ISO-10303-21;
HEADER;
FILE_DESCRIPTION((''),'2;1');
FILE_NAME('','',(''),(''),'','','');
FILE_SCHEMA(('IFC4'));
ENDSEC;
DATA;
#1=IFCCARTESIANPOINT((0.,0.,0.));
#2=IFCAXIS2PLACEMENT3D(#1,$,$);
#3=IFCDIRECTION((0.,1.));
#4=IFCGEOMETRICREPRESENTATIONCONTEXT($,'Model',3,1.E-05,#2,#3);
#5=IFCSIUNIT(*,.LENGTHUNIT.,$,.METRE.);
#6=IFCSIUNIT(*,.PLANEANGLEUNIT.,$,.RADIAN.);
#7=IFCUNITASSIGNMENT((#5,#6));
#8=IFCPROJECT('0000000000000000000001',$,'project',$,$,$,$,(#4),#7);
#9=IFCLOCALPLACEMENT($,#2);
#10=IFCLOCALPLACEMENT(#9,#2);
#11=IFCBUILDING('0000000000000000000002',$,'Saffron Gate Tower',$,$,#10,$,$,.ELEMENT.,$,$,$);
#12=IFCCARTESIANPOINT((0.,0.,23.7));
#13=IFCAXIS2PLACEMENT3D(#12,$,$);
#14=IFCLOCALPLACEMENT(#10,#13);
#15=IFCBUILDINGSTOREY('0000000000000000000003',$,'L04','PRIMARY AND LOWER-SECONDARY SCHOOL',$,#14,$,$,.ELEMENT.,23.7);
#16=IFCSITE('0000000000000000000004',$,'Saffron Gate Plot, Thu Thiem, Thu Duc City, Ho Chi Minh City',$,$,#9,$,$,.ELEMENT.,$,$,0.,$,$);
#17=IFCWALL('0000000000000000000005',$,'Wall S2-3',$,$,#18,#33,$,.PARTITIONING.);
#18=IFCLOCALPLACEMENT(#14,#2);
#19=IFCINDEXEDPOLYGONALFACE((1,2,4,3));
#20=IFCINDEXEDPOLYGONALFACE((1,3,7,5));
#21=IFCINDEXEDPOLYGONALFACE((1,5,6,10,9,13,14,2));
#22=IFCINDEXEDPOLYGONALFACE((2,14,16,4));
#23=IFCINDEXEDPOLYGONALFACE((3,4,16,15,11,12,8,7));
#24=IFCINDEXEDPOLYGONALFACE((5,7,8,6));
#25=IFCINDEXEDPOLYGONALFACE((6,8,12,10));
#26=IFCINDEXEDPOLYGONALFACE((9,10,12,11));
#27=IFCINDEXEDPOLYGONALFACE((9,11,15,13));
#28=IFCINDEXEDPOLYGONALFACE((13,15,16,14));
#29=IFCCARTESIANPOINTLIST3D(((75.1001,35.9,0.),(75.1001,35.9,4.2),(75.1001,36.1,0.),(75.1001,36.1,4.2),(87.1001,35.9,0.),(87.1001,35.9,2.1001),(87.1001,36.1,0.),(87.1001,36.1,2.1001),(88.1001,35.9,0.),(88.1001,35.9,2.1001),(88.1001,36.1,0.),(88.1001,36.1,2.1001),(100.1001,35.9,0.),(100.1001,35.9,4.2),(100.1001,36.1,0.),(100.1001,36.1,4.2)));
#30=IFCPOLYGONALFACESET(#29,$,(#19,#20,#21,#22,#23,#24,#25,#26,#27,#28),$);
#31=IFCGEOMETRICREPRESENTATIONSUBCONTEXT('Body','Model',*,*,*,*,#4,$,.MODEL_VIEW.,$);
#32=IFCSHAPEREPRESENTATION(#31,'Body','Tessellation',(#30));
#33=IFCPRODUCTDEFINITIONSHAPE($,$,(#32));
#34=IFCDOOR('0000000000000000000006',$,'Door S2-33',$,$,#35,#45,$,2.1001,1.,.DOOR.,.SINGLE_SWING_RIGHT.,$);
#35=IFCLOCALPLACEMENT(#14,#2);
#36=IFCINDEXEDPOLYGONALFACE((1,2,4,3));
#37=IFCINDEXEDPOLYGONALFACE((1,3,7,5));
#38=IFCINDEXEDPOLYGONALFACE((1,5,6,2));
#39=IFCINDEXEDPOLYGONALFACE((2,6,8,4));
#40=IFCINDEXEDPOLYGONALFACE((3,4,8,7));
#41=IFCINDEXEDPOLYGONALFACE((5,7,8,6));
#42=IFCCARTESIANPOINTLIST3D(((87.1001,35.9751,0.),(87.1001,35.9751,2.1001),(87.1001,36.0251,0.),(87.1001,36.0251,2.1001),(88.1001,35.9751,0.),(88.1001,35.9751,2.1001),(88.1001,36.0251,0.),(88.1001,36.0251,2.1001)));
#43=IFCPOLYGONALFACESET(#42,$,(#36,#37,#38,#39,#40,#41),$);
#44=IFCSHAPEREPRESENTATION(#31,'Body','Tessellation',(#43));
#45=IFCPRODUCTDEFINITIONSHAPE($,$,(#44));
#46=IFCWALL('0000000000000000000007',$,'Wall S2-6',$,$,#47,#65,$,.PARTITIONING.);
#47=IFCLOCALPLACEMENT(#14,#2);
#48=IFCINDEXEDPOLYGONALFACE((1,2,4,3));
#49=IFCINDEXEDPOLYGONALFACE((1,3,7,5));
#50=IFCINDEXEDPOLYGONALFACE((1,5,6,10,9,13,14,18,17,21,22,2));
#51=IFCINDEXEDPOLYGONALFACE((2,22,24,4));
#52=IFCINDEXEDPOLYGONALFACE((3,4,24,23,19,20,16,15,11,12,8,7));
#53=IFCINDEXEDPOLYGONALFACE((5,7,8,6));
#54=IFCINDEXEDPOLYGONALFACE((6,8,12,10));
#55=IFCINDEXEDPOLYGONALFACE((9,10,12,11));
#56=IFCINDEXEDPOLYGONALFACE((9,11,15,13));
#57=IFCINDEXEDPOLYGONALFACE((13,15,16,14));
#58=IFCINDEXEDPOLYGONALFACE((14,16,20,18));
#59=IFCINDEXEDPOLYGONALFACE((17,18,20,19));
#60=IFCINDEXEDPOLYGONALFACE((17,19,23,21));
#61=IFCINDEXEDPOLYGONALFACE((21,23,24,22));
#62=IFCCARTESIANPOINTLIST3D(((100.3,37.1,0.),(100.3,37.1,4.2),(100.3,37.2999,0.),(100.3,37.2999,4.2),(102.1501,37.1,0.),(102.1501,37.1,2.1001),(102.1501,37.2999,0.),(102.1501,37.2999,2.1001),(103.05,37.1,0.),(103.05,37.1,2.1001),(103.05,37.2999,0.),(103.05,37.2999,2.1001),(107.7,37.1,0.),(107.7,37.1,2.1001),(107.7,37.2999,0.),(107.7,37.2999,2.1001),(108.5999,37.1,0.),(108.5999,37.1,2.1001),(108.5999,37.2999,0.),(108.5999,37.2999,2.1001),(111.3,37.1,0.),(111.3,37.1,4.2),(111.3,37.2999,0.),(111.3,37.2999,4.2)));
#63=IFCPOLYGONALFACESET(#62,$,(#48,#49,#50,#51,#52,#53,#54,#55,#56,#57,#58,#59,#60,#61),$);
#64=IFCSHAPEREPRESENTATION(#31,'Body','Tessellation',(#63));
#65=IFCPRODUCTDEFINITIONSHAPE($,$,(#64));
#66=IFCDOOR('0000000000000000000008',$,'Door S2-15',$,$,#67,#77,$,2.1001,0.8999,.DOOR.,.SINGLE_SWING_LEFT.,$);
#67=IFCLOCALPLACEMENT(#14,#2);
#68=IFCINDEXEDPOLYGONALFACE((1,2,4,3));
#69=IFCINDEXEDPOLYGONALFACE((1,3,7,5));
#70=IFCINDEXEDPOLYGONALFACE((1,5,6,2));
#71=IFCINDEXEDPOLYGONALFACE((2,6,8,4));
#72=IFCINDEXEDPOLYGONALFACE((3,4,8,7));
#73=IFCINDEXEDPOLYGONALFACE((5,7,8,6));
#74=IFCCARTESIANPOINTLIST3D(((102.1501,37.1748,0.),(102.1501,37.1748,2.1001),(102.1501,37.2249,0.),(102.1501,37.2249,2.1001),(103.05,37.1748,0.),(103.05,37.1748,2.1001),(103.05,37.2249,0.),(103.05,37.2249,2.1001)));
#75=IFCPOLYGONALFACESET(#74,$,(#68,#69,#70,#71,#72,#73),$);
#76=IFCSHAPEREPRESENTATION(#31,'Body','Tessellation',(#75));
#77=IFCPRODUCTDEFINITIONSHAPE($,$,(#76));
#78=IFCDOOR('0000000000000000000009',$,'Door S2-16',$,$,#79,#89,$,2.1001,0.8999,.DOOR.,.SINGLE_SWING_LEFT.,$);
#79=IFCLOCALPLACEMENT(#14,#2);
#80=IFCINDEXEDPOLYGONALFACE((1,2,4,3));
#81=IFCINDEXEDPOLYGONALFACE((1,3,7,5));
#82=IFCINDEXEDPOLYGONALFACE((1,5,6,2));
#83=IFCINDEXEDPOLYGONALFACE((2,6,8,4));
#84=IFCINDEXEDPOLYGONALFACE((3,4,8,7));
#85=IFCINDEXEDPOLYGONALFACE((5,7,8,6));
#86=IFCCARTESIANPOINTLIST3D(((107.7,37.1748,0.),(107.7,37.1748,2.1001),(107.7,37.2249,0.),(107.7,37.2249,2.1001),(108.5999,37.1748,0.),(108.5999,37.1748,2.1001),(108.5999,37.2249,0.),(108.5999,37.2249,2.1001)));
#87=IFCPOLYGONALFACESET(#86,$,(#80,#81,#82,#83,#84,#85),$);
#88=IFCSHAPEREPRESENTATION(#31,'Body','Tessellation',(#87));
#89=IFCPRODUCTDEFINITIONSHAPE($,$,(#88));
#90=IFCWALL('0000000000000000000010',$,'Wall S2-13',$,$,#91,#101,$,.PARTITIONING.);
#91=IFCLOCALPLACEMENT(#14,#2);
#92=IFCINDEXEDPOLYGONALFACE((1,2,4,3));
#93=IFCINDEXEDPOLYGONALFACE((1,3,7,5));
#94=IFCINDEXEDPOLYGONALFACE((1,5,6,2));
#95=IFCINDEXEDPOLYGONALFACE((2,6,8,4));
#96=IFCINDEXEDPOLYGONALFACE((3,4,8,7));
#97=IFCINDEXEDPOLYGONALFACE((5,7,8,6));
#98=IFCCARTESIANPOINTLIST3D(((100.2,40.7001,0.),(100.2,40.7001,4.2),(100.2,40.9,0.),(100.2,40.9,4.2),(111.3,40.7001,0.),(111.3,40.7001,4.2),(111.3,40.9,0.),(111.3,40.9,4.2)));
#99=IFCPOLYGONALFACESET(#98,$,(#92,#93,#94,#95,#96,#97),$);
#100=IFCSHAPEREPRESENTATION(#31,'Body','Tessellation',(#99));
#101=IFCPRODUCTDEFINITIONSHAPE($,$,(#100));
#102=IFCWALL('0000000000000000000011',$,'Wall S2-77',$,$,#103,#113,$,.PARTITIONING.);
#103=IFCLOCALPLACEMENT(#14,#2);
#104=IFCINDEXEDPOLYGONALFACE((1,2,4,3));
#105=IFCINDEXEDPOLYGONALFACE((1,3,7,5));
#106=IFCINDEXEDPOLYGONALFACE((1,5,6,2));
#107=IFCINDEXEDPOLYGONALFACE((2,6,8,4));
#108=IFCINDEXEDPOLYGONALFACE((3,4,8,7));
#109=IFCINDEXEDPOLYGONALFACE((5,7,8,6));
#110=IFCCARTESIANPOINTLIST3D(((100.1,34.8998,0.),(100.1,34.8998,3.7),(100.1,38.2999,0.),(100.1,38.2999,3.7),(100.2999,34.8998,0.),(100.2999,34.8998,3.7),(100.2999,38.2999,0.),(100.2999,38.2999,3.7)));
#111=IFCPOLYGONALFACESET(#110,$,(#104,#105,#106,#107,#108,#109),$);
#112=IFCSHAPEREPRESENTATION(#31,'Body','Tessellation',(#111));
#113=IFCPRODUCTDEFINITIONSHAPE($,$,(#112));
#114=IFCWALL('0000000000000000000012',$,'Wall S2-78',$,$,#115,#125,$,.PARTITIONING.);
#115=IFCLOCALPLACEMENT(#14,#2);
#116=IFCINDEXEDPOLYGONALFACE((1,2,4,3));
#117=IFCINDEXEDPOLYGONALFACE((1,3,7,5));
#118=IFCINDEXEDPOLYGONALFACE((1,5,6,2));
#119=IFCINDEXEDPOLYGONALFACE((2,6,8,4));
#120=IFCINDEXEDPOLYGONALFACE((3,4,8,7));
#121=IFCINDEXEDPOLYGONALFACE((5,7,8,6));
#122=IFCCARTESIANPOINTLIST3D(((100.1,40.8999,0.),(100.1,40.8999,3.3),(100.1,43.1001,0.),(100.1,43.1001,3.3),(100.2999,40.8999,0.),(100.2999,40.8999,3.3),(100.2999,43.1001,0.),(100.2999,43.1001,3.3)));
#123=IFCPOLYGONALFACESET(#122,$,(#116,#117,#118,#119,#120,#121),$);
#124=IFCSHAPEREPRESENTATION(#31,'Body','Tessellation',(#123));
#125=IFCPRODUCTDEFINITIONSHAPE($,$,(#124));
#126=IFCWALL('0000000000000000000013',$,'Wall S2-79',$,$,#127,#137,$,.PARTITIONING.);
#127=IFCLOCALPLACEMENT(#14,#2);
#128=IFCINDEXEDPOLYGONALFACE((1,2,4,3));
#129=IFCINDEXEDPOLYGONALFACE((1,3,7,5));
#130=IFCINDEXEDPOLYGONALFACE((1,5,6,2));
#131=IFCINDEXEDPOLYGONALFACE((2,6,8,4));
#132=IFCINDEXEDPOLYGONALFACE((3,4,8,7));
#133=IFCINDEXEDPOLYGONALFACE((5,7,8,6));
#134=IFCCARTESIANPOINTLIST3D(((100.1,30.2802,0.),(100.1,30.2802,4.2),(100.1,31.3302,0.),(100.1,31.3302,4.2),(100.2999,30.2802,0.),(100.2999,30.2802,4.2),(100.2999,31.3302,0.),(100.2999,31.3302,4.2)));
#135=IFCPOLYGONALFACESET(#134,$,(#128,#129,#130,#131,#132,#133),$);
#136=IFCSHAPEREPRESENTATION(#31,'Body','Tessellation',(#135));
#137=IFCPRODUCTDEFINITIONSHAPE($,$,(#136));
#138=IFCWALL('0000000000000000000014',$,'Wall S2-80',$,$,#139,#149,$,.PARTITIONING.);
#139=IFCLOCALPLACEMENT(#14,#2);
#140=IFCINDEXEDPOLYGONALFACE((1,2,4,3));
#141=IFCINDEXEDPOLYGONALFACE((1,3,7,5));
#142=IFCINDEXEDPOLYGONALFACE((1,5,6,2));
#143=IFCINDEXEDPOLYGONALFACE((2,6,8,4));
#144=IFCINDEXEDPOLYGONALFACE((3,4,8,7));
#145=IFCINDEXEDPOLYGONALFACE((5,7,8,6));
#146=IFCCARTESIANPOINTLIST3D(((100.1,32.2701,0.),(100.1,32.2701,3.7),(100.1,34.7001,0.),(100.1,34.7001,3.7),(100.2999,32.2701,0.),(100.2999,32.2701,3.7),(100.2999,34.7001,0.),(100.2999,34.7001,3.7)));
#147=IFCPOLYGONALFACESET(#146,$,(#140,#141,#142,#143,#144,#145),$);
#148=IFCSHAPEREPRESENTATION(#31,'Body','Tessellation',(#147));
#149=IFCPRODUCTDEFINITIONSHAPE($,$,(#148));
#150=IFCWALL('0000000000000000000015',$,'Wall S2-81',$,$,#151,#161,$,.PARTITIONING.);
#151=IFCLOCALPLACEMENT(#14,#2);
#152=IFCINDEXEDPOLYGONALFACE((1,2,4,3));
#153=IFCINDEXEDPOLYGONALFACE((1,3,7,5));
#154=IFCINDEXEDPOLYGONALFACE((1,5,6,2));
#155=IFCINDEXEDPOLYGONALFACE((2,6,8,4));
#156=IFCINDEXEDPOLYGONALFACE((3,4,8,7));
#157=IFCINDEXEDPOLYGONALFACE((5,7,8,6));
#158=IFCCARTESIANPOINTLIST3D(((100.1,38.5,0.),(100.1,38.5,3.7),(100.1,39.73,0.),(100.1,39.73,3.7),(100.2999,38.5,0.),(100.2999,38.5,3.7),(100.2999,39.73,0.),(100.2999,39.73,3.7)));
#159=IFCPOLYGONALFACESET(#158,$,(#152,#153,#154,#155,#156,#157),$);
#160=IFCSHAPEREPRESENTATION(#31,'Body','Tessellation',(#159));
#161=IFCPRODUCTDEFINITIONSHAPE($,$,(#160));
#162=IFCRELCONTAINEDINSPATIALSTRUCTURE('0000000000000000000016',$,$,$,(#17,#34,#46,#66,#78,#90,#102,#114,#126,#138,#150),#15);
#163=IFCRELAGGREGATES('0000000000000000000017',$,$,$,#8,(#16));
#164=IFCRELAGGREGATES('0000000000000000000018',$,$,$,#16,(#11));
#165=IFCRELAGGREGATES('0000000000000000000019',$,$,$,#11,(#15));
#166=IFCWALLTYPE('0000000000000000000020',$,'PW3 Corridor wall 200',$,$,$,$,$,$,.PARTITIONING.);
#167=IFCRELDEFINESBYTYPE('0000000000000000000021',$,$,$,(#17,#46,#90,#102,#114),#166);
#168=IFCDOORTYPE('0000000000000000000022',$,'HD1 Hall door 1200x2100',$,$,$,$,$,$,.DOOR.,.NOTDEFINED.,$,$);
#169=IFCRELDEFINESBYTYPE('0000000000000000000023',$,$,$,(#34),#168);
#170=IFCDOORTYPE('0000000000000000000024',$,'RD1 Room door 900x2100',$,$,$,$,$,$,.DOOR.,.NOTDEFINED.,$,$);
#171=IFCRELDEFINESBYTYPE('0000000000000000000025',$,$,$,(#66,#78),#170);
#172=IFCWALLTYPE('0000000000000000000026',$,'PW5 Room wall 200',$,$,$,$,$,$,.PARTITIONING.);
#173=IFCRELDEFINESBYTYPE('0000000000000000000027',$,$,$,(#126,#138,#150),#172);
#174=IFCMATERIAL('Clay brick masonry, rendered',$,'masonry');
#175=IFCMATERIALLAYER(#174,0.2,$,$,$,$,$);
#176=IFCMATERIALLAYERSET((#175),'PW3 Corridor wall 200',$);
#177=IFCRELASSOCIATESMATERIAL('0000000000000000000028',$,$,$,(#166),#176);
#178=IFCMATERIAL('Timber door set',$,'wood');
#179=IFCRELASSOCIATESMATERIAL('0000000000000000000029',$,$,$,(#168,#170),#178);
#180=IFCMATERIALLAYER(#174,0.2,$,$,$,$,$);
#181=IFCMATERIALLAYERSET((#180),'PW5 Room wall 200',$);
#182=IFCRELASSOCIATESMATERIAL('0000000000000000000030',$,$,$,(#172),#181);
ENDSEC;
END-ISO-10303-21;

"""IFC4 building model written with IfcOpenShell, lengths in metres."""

from ifc_helpers import new_model, si_unit, direction, frame, frame_2d, origin, place, context, subcontext, project, spatial, rectangle, extrude, material, layer, layer_set, type_object, element, fill, save


model = new_model("IFC4")

# Units and contexts
model_context = context("Model", 3, precision=1e-05, world=origin(), true_north=direction((0.0, 1.0)))
body_context = subcontext(model_context, "Body", "Model", "MODEL_VIEW")
ifc_project = project(units=[si_unit("LENGTHUNIT", "METRE"), si_unit("PLANEANGLEUNIT", "RADIAN")], contexts=[model_context])

# Site, building, storey
site_placement = place(None, origin())
site = spatial("IfcSite", under=ifc_project, at=site_placement, Name="Saffron Gate Plot, Thu Thiem, Thu Duc City, Ho Chi Minh City", CompositionType="ELEMENT", RefElevation=0.0)
building_placement = place(site_placement, origin())
building = spatial("IfcBuilding", under=site, at=building_placement, Name="Saffron Gate Tower", CompositionType="ELEMENT")
storey_placement = place(building_placement, frame((0.0, 0.0, 23.7)))
storey = spatial("IfcBuildingStorey", under=building, at=storey_placement, Name="L04", Description="PRIMARY AND LOWER-SECONDARY SCHOOL", CompositionType="ELEMENT", Elevation=23.7)

# Wall, opening, door
ifc_material_1 = material(Name="Clay brick masonry, rendered", Category="masonry")
ifc_layer_1 = layer(ifc_material_1, 0.2)
ifc_layer_set_1 = layer_set([ifc_layer_1], Name="PW3 Corridor wall 200")
wall_type_1 = type_object("IfcWallType", Name="PW3 Corridor wall 200", PredefinedType="PARTITIONING", material=ifc_layer_set_1)
wall_1_placement = place(storey_placement, frame((100.1001, 36.0, 0.0), z_axis=(0.0, 0.0, 1.0), x_axis=(-1.0, 0.0, 0.0)))
wall_1 = element("IfcWall", 1, at=wall_1_placement, inside=storey, type_object=wall_type_1, Name="Wall S2-3", PredefinedType="PARTITIONING", context=body_context, shape_type="SweptSolid", body=[
    extrude(rectangle(XDim=25.0, YDim=0.2, at=frame_2d((12.5, 0.0))), origin(), (0.0, 0.0, 1.0), 4.2),
])
opening_1_placement = place(wall_1_placement, frame((12.0, 0.0, 0.0)))
opening_1 = element("IfcOpeningElement", 2, at=opening_1_placement, cuts=wall_1, PredefinedType="OPENING", context=body_context, shape_type="SweptSolid", body=[
    extrude(rectangle(XDim=1.0, YDim=2.1001, at=frame_2d((0.5, 1.05))), frame((0.0, 0.1099, 0.0), z_axis=(0.0, -1.0, 0.0), x_axis=(1.0, 0.0, 0.0)), (0.0, 0.0, 1.0), 0.22),
])
ifc_material_2 = material(Name="Timber door set", Category="wood")
door_type_1 = type_object("IfcDoorType", Name="HD1 Hall door 1200x2100", OperationType="NOTDEFINED", PredefinedType="DOOR", material=ifc_material_2)
door_1_placement = place(opening_1_placement, origin())
door_1 = element("IfcDoor", 3, at=door_1_placement, inside=storey, type_object=door_type_1, Name="Door S2-33", OperationType="SINGLE_SWING_RIGHT", OverallHeight=2.1001, OverallWidth=1.0, PredefinedType="DOOR", context=body_context, shape_type="SweptSolid", body=[
    extrude(rectangle(XDim=1.0, YDim=2.1001, at=frame_2d((0.5, 1.05))), frame((0.0, 0.0249, 0.0), z_axis=(0.0, -1.0, 0.0), x_axis=(1.0, 0.0, 0.0)), (0.0, 0.0, 1.0), 0.05),
])
fill(opening_1, door_1)

# Wall, openings, doors
wall_2_placement = place(storey_placement, frame((100.3, 37.2, 0.0), z_axis=(0.0, 0.0, 1.0), x_axis=(1.0, 0.0, 0.0)))
wall_2 = element("IfcWall", 4, at=wall_2_placement, inside=storey, type_object=wall_type_1, Name="Wall S2-6", PredefinedType="PARTITIONING", context=body_context, shape_type="SweptSolid", body=[
    extrude(rectangle(XDim=11.0, YDim=0.2, at=frame_2d((5.5, 0.0))), origin(), (0.0, 0.0, 1.0), 4.2),
])
opening_2_placement = place(wall_2_placement, frame((1.8501, 0.0, 0.0)))
opening_2 = element("IfcOpeningElement", 5, at=opening_2_placement, cuts=wall_2, PredefinedType="OPENING", context=body_context, shape_type="SweptSolid", body=[
    extrude(rectangle(XDim=0.8999, YDim=2.1001, at=frame_2d((0.45, 1.05))), frame((0.0, 0.1099, 0.0), z_axis=(0.0, -1.0, 0.0), x_axis=(1.0, 0.0, 0.0)), (0.0, 0.0, 1.0), 0.22),
])
opening_3_placement = place(wall_2_placement, frame((7.3999, 0.0, 0.0)))
opening_3 = element("IfcOpeningElement", 6, at=opening_3_placement, cuts=wall_2, PredefinedType="OPENING", context=body_context, shape_type="SweptSolid", body=[
    extrude(rectangle(XDim=0.8999, YDim=2.1001, at=frame_2d((0.45, 1.05))), frame((0.0, 0.1099, 0.0), z_axis=(0.0, -1.0, 0.0), x_axis=(1.0, 0.0, 0.0)), (0.0, 0.0, 1.0), 0.22),
])
door_type_2 = type_object("IfcDoorType", Name="RD1 Room door 900x2100", OperationType="NOTDEFINED", PredefinedType="DOOR", material=ifc_material_2)
door_2_placement = place(opening_2_placement, origin())
door_2 = element("IfcDoor", 7, at=door_2_placement, inside=storey, type_object=door_type_2, Name="Door S2-15", OperationType="SINGLE_SWING_LEFT", OverallHeight=2.1001, OverallWidth=0.8999, PredefinedType="DOOR", context=body_context, shape_type="SweptSolid", body=[
    extrude(rectangle(XDim=0.8999, YDim=2.1001, at=frame_2d((0.45, 1.05))), frame((0.0, 0.0249, 0.0), z_axis=(0.0, -1.0, 0.0), x_axis=(1.0, 0.0, 0.0)), (0.0, 0.0, 1.0), 0.05),
])
fill(opening_2, door_2)
door_3_placement = place(opening_3_placement, origin())
door_3 = element("IfcDoor", 8, at=door_3_placement, inside=storey, type_object=door_type_2, Name="Door S2-16", OperationType="SINGLE_SWING_LEFT", OverallHeight=2.1001, OverallWidth=0.8999, PredefinedType="DOOR", context=body_context, shape_type="SweptSolid", body=[
    extrude(rectangle(XDim=0.8999, YDim=2.1001, at=frame_2d((0.45, 1.05))), frame((0.0, 0.0249, 0.0), z_axis=(0.0, -1.0, 0.0), x_axis=(1.0, 0.0, 0.0)), (0.0, 0.0, 1.0), 0.05),
])
fill(opening_3, door_3)

# Walls
wall_3_placement = place(storey_placement, frame((100.2, 40.8, 0.0), z_axis=(0.0, 0.0, 1.0), x_axis=(1.0, 0.0, 0.0)))
element("IfcWall", 9, at=wall_3_placement, inside=storey, type_object=wall_type_1, Name="Wall S2-13", PredefinedType="PARTITIONING", context=body_context, shape_type="SweptSolid", body=[
    extrude(rectangle(XDim=11.1001, YDim=0.2, at=frame_2d((5.55, 0.0))), origin(), (0.0, 0.0, 1.0), 4.2),
])
wall_4_placement = place(storey_placement, frame((100.2, 38.3, 0.0), z_axis=(0.0, 0.0, 1.0), x_axis=(0.0, -1.0, 0.0)))
element("IfcWall", 10, at=wall_4_placement, inside=storey, type_object=wall_type_1, Name="Wall S2-77", PredefinedType="PARTITIONING", context=body_context, shape_type="SweptSolid", body=[
    extrude(rectangle(XDim=3.4001, YDim=0.2, at=frame_2d((1.7002, 0.0))), origin(), (0.0, 0.0, 1.0), 3.7),
])
wall_5_placement = place(storey_placement, frame((100.2, 43.1001, 0.0), z_axis=(0.0, 0.0, 1.0), x_axis=(0.0, -1.0, 0.0)))
element("IfcWall", 11, at=wall_5_placement, inside=storey, type_object=wall_type_1, Name="Wall S2-78", PredefinedType="PARTITIONING", context=body_context, shape_type="SweptSolid", body=[
    extrude(rectangle(XDim=2.2002, YDim=0.2, at=frame_2d((1.1001, 0.0))), origin(), (0.0, 0.0, 1.0), 3.3),
])
ifc_layer_2 = layer(ifc_material_1, 0.2)
ifc_layer_set_2 = layer_set([ifc_layer_2], Name="PW5 Room wall 200")
wall_type_2 = type_object("IfcWallType", Name="PW5 Room wall 200", PredefinedType="PARTITIONING", material=ifc_layer_set_2)
wall_6_placement = place(storey_placement, frame((100.2, 31.3301, 0.0), z_axis=(0.0, 0.0, 1.0), x_axis=(0.0, -1.0, 0.0)))
element("IfcWall", 12, at=wall_6_placement, inside=storey, type_object=wall_type_2, Name="Wall S2-79", PredefinedType="PARTITIONING", context=body_context, shape_type="SweptSolid", body=[
    extrude(rectangle(XDim=1.05, YDim=0.2, at=frame_2d((0.5249, 0.0))), origin(), (0.0, 0.0, 1.0), 4.2),
])
wall_7_placement = place(storey_placement, frame((100.2, 34.7, 0.0), z_axis=(0.0, 0.0, 1.0), x_axis=(0.0, -1.0, 0.0)))
element("IfcWall", 13, at=wall_7_placement, inside=storey, type_object=wall_type_2, Name="Wall S2-80", PredefinedType="PARTITIONING", context=body_context, shape_type="SweptSolid", body=[
    extrude(rectangle(XDim=2.4299, YDim=0.2, at=frame_2d((1.2148, 0.0))), origin(), (0.0, 0.0, 1.0), 3.7),
])
wall_8_placement = place(storey_placement, frame((100.2, 39.73, 0.0), z_axis=(0.0, 0.0, 1.0), x_axis=(0.0, -1.0, 0.0)))
element("IfcWall", 14, at=wall_8_placement, inside=storey, type_object=wall_type_2, Name="Wall S2-81", PredefinedType="PARTITIONING", context=body_context, shape_type="SweptSolid", body=[
    extrude(rectangle(XDim=1.23, YDim=0.2, at=frame_2d((0.615, 0.0))), origin(), (0.0, 0.0, 1.0), 3.7),
])

save(model, "model.ifc")
